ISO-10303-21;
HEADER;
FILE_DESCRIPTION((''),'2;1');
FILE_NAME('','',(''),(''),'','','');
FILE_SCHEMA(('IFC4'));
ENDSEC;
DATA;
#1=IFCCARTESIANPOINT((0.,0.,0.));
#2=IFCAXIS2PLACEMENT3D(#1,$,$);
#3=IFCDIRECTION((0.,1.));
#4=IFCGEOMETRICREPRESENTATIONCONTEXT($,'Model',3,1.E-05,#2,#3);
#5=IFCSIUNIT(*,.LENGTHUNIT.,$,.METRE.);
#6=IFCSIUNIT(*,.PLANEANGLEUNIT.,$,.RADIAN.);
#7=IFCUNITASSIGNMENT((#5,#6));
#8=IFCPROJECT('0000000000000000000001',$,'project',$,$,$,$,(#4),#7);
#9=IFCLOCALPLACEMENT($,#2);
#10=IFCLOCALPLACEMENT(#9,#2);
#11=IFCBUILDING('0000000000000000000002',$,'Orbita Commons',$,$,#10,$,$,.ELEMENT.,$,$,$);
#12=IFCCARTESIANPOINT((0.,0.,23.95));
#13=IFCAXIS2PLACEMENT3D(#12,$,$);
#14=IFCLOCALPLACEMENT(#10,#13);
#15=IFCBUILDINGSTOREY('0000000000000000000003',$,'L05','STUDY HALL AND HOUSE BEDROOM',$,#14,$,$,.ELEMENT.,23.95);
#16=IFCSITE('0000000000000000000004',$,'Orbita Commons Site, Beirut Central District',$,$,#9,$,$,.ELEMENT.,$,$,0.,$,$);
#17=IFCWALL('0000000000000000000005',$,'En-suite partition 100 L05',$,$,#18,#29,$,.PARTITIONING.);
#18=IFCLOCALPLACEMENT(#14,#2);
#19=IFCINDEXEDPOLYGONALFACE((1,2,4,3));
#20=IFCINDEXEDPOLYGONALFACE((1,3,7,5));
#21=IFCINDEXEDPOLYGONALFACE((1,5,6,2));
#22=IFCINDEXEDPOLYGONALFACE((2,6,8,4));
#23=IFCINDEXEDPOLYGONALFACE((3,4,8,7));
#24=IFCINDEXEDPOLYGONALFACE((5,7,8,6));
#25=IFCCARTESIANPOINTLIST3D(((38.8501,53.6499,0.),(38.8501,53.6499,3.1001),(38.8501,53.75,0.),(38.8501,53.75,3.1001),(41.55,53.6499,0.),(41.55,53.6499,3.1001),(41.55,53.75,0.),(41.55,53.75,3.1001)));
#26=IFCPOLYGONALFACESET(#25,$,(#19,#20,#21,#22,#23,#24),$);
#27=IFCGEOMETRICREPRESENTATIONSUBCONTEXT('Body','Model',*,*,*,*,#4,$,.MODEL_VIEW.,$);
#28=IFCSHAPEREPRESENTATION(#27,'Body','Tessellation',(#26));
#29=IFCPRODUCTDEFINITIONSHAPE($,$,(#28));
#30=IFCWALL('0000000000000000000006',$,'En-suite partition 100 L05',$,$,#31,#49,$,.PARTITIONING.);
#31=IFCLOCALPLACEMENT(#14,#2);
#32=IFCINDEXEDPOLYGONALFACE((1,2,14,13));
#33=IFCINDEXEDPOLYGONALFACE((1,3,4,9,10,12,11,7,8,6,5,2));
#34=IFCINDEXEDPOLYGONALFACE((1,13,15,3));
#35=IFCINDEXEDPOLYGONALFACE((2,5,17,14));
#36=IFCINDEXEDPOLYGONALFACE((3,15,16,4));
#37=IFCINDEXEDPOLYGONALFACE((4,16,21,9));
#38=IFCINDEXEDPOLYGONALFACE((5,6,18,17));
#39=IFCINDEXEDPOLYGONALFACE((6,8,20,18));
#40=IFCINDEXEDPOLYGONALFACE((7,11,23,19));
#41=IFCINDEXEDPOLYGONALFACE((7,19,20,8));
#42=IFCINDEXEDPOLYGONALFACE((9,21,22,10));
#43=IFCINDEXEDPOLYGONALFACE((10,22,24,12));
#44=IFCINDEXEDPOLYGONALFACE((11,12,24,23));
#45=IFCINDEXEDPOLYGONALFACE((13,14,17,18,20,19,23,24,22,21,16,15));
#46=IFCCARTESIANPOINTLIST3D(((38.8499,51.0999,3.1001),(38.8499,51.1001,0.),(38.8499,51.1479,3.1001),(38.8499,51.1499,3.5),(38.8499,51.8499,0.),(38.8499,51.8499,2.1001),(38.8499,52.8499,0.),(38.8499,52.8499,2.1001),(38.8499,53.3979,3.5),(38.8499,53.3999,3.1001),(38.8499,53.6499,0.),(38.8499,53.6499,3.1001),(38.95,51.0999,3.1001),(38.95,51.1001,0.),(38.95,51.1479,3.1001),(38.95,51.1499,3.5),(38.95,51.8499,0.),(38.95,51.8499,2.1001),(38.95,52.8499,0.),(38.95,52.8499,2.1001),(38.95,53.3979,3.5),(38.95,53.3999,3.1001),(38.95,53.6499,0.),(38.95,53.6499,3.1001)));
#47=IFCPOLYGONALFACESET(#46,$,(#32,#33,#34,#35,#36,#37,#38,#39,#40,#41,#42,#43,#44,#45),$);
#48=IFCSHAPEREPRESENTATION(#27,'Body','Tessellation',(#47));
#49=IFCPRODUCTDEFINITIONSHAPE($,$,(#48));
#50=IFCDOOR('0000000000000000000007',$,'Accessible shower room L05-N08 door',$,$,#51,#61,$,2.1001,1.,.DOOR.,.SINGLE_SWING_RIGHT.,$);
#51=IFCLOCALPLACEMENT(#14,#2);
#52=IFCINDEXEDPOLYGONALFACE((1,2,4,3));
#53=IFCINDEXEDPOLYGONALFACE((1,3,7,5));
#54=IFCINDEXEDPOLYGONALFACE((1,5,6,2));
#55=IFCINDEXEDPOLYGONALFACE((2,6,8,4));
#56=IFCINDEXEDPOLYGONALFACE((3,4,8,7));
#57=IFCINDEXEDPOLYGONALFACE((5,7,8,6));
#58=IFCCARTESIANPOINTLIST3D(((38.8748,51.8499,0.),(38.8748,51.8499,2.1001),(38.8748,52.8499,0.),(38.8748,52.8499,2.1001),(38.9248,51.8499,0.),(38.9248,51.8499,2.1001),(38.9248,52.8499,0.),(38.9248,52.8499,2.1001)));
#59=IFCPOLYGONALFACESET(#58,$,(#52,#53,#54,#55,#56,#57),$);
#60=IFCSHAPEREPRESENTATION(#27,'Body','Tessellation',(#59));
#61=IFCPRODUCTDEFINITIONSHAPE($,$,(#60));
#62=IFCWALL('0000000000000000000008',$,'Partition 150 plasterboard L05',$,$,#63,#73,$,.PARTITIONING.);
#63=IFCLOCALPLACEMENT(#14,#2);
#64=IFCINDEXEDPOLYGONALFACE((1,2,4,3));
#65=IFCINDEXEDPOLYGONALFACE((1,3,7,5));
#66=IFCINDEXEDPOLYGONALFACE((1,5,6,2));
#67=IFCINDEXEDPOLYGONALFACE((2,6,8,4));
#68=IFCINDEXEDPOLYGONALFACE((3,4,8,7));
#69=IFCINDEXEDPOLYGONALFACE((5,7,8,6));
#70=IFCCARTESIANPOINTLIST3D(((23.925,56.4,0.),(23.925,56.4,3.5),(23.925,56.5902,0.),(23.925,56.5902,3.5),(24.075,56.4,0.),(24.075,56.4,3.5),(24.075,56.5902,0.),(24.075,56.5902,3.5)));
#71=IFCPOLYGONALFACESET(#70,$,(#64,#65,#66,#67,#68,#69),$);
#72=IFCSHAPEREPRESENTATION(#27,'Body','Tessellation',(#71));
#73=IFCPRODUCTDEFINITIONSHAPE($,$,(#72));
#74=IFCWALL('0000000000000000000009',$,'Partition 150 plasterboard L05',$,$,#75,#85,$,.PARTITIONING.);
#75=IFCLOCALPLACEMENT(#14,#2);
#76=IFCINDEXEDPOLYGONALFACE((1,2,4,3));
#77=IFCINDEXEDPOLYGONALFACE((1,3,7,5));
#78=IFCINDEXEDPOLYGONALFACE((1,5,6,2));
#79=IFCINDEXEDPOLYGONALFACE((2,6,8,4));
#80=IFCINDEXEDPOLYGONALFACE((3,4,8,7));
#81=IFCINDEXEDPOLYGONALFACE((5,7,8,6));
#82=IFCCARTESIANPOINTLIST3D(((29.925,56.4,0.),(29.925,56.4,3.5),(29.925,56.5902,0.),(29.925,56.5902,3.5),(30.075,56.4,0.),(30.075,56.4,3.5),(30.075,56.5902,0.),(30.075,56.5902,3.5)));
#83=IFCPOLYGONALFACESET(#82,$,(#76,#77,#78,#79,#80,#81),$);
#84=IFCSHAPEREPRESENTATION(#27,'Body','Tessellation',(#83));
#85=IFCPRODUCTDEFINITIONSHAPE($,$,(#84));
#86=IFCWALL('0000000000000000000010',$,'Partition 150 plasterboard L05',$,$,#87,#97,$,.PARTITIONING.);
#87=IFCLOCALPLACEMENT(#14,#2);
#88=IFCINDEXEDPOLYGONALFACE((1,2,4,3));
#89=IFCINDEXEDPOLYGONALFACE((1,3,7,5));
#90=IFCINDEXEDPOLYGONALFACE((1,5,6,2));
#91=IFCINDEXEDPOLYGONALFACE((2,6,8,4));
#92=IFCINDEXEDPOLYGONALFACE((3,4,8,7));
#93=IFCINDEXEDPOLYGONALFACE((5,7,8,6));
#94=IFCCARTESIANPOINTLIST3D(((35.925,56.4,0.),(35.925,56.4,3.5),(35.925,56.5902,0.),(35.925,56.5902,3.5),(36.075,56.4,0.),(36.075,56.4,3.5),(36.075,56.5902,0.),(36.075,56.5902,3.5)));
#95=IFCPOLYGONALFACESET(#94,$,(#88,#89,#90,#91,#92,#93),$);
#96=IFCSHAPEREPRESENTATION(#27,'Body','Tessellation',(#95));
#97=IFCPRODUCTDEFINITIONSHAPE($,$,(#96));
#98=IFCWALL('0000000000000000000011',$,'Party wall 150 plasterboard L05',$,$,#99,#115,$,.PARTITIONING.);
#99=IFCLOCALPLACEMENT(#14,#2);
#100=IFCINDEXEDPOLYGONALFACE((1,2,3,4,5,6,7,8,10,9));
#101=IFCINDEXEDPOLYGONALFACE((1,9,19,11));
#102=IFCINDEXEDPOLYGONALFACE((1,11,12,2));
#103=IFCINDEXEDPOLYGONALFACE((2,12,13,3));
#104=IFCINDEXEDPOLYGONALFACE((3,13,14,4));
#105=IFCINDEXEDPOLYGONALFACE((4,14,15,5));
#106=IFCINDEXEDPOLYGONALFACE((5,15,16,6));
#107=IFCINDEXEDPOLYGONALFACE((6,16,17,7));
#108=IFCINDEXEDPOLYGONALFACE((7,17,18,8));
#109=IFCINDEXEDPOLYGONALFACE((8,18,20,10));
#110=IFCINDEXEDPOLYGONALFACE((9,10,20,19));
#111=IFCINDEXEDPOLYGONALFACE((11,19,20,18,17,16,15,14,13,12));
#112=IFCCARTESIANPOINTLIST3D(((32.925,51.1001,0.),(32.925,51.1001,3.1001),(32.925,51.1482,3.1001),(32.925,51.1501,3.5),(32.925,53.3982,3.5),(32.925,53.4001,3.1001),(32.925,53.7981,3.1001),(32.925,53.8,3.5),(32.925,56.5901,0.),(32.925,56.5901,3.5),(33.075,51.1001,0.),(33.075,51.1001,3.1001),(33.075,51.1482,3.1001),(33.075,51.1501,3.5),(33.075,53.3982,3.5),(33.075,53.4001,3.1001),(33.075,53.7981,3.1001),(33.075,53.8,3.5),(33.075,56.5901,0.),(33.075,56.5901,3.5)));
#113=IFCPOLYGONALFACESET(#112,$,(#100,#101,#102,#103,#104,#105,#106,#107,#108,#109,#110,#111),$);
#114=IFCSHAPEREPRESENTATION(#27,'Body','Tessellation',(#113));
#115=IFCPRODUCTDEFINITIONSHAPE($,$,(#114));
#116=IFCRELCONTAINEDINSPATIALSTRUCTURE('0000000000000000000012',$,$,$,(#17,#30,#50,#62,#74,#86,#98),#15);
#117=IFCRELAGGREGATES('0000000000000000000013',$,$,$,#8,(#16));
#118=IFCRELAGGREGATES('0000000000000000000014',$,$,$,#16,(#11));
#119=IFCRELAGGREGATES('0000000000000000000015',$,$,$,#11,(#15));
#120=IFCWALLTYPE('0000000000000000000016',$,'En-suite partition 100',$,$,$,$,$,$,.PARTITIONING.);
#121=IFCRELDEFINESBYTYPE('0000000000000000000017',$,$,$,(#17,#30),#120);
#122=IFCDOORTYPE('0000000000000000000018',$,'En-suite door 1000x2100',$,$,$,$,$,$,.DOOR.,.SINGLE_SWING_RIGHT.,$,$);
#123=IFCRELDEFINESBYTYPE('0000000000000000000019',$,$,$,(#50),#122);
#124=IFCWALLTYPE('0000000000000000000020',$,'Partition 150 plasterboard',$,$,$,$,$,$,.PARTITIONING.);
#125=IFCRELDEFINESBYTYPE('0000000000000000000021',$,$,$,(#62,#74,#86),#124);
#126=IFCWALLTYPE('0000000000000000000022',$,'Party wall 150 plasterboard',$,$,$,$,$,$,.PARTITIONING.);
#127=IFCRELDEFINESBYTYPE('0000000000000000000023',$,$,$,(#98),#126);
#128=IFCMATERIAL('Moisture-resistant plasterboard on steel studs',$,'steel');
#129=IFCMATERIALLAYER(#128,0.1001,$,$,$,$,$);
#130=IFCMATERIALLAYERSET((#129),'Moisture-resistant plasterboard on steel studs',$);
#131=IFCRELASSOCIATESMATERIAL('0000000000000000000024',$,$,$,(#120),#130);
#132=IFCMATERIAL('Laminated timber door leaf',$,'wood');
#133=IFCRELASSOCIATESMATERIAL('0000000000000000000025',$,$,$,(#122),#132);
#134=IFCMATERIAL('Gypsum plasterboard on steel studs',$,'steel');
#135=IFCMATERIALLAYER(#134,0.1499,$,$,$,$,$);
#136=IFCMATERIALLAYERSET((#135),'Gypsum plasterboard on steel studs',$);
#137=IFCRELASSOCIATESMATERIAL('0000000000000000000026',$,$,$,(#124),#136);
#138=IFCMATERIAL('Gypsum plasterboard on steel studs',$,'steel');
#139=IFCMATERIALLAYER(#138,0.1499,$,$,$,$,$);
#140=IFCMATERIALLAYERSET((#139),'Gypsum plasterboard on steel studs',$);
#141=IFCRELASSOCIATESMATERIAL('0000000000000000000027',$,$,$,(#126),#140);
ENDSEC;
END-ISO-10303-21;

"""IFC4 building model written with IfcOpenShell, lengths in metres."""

from ifc_helpers import new_model, si_unit, direction, frame, frame_2d, origin, place, context, subcontext, project, spatial, polyline, rectangle, outline, extrude, material, layer, layer_set, type_object, element, fill, save


model = new_model("IFC4")

# Units and contexts
model_context = context("Model", 3, precision=1e-05, world=origin(), true_north=direction((0.0, 1.0)))
body_context = subcontext(model_context, "Body", "Model", "MODEL_VIEW")
ifc_project = project(units=[si_unit("LENGTHUNIT", "METRE"), si_unit("PLANEANGLEUNIT", "RADIAN")], contexts=[model_context])

# Site, building, storey
site_placement = place(None, origin())
site = spatial("IfcSite", under=ifc_project, at=site_placement, Name="Orbita Commons Site, Beirut Central District", CompositionType="ELEMENT", RefElevation=0.0)
building_placement = place(site_placement, origin())
building = spatial("IfcBuilding", under=site, at=building_placement, Name="Orbita Commons", CompositionType="ELEMENT")
storey_placement = place(building_placement, frame((0.0, 0.0, 23.95)))
storey = spatial("IfcBuildingStorey", under=building, at=storey_placement, Name="L05", Description="STUDY HALL AND HOUSE BEDROOM", CompositionType="ELEMENT", Elevation=23.95)

# Wall
ifc_material_1 = material(Name="Moisture-resistant plasterboard on steel studs", Category="steel")
ifc_layer_1 = layer(ifc_material_1, 0.1001)
ifc_layer_set_1 = layer_set([ifc_layer_1], Name="Moisture-resistant plasterboard on steel studs")
wall_type_1 = type_object("IfcWallType", Name="En-suite partition 100", PredefinedType="PARTITIONING", material=ifc_layer_set_1)
wall_1_placement = place(storey_placement, frame((38.8501, 53.7, 0.0), z_axis=(0.0, 0.0, 1.0), x_axis=(1.0, 0.0, 0.0)))
element("IfcWall", 1, at=wall_1_placement, inside=storey, type_object=wall_type_1, Name="En-suite partition 100 L05", PredefinedType="PARTITIONING", context=body_context, shape_type="SweptSolid", body=[
    extrude(outline(polyline([(0.0, 0.0), (2.7, 0.0), (2.7, 3.1001), (0.0, 3.1001), (0.0, 0.0)])), frame((0.0, 0.05, 0.0), z_axis=(0.0, -1.0, 0.0), x_axis=(1.0, 0.0, 0.0)), (0.0, 0.0, 1.0), 0.1001),
])

# Wall, opening, door
wall_2_placement = place(storey_placement, frame((38.8999, 53.6499, 0.0), z_axis=(0.0, 0.0, 1.0), x_axis=(0.0, -1.0, 0.0)))
wall_2 = element("IfcWall", 2, at=wall_2_placement, inside=storey, type_object=wall_type_1, Name="En-suite partition 100 L05", PredefinedType="PARTITIONING", context=body_context, shape_type="SweptSolid", body=[
    extrude(outline(polyline([(0.0, 0.0), (2.5498, 0.0), (2.55, 3.1001), (2.502, 3.1001), (2.5, 3.5), (0.252, 3.5), (0.25, 3.1001), (0.0, 3.1001), (0.0, 0.0)])), frame((0.0, 0.05, 0.0), z_axis=(0.0, -1.0, 0.0), x_axis=(1.0, 0.0, 0.0)), (0.0, 0.0, 1.0), 0.1001),
])
opening_placement = place(wall_2_placement, frame((0.8, 0.0, 0.0)))
opening = element("IfcOpeningElement", 3, at=opening_placement, cuts=wall_2, PredefinedType="OPENING", context=body_context, shape_type="SweptSolid", body=[
    extrude(rectangle(XDim=1.0, YDim=2.1001, at=frame_2d((0.5, 1.05))), frame((0.0, 0.0601, 0.0), z_axis=(0.0, -1.0, 0.0), x_axis=(1.0, 0.0, 0.0)), (0.0, 0.0, 1.0), 0.1201),
])
ifc_material_2 = material(Name="Laminated timber door leaf", Category="wood")
door_type = type_object("IfcDoorType", Name="En-suite door 1000x2100", OperationType="SINGLE_SWING_RIGHT", PredefinedType="DOOR", material=ifc_material_2)
door_placement = place(opening_placement, origin())
door = element("IfcDoor", 4, at=door_placement, inside=storey, type_object=door_type, Name="Accessible shower room L05-N08 door", OperationType="SINGLE_SWING_RIGHT", OverallHeight=2.1001, OverallWidth=1.0, PredefinedType="DOOR", context=body_context, shape_type="SweptSolid", body=[
    extrude(rectangle(XDim=1.0, YDim=2.1001, at=frame_2d((0.5, 1.05))), frame((0.0, 0.0249, 0.0), z_axis=(0.0, -1.0, 0.0), x_axis=(1.0, 0.0, 0.0)), (0.0, 0.0, 1.0), 0.05),
])
fill(opening, door)

# Walls
ifc_material_3 = material(Name="Gypsum plasterboard on steel studs", Category="steel")
ifc_layer_2 = layer(ifc_material_3, 0.1499)
ifc_layer_set_2 = layer_set([ifc_layer_2], Name="Gypsum plasterboard on steel studs")
wall_type_2 = type_object("IfcWallType", Name="Partition 150 plasterboard", PredefinedType="PARTITIONING", material=ifc_layer_set_2)
for number, where, z_axis, x_axis, name in (
    (5, (24.0, 56.3999, 0.0), (0.0, 0.0, 1.0), (0.0, 1.0, 0.0), "Partition 150 plasterboard L05"),
    (6, (30.0, 56.3999, 0.0), (0.0, 0.0, 1.0), (0.0, 1.0, 0.0), "Partition 150 plasterboard L05"),
    (7, (36.0, 56.3999, 0.0), (0.0, 0.0, 1.0), (0.0, 1.0, 0.0), "Partition 150 plasterboard L05"),
):
    element("IfcWall", number, at=place(storey_placement, frame(where, z_axis=z_axis, x_axis=x_axis)), inside=storey, type_object=wall_type_2, Name=name, PredefinedType="PARTITIONING", context=body_context, shape_type="SweptSolid", body=[
        extrude(rectangle(XDim=0.1902, YDim=0.1499, at=frame_2d((0.0952, 0.0))), origin(), (0.0, 0.0, 1.0), 3.5),
    ])
ifc_material_4 = material(Name="Gypsum plasterboard on steel studs", Category="steel")
ifc_layer_3 = layer(ifc_material_4, 0.1499)
ifc_layer_set_3 = layer_set([ifc_layer_3], Name="Gypsum plasterboard on steel studs")
wall_type_3 = type_object("IfcWallType", Name="Party wall 150 plasterboard", PredefinedType="PARTITIONING", material=ifc_layer_set_3)
wall_3_placement = place(storey_placement, frame((33.0, 56.5901, 0.0), z_axis=(0.0, 0.0, 1.0), x_axis=(0.0, -1.0, 0.0)))
element("IfcWall", 8, at=wall_3_placement, inside=storey, type_object=wall_type_3, Name="Party wall 150 plasterboard L05", PredefinedType="PARTITIONING", context=body_context, shape_type="SweptSolid", body=[
    extrude(outline(polyline([(0.0, 0.0), (5.49, 0.0), (5.49, 3.1001), (5.4419, 3.1001), (5.4399, 3.5), (3.1919, 3.5), (3.1899, 3.1001), (2.792, 3.1001), (2.79, 3.5), (0.0, 3.5), (0.0, 0.0)])), frame((0.0, 0.075, 0.0), z_axis=(0.0, -1.0, 0.0), x_axis=(1.0, 0.0, 0.0)), (0.0, 0.0, 1.0), 0.1499),
])

save(model, "model.ifc")
